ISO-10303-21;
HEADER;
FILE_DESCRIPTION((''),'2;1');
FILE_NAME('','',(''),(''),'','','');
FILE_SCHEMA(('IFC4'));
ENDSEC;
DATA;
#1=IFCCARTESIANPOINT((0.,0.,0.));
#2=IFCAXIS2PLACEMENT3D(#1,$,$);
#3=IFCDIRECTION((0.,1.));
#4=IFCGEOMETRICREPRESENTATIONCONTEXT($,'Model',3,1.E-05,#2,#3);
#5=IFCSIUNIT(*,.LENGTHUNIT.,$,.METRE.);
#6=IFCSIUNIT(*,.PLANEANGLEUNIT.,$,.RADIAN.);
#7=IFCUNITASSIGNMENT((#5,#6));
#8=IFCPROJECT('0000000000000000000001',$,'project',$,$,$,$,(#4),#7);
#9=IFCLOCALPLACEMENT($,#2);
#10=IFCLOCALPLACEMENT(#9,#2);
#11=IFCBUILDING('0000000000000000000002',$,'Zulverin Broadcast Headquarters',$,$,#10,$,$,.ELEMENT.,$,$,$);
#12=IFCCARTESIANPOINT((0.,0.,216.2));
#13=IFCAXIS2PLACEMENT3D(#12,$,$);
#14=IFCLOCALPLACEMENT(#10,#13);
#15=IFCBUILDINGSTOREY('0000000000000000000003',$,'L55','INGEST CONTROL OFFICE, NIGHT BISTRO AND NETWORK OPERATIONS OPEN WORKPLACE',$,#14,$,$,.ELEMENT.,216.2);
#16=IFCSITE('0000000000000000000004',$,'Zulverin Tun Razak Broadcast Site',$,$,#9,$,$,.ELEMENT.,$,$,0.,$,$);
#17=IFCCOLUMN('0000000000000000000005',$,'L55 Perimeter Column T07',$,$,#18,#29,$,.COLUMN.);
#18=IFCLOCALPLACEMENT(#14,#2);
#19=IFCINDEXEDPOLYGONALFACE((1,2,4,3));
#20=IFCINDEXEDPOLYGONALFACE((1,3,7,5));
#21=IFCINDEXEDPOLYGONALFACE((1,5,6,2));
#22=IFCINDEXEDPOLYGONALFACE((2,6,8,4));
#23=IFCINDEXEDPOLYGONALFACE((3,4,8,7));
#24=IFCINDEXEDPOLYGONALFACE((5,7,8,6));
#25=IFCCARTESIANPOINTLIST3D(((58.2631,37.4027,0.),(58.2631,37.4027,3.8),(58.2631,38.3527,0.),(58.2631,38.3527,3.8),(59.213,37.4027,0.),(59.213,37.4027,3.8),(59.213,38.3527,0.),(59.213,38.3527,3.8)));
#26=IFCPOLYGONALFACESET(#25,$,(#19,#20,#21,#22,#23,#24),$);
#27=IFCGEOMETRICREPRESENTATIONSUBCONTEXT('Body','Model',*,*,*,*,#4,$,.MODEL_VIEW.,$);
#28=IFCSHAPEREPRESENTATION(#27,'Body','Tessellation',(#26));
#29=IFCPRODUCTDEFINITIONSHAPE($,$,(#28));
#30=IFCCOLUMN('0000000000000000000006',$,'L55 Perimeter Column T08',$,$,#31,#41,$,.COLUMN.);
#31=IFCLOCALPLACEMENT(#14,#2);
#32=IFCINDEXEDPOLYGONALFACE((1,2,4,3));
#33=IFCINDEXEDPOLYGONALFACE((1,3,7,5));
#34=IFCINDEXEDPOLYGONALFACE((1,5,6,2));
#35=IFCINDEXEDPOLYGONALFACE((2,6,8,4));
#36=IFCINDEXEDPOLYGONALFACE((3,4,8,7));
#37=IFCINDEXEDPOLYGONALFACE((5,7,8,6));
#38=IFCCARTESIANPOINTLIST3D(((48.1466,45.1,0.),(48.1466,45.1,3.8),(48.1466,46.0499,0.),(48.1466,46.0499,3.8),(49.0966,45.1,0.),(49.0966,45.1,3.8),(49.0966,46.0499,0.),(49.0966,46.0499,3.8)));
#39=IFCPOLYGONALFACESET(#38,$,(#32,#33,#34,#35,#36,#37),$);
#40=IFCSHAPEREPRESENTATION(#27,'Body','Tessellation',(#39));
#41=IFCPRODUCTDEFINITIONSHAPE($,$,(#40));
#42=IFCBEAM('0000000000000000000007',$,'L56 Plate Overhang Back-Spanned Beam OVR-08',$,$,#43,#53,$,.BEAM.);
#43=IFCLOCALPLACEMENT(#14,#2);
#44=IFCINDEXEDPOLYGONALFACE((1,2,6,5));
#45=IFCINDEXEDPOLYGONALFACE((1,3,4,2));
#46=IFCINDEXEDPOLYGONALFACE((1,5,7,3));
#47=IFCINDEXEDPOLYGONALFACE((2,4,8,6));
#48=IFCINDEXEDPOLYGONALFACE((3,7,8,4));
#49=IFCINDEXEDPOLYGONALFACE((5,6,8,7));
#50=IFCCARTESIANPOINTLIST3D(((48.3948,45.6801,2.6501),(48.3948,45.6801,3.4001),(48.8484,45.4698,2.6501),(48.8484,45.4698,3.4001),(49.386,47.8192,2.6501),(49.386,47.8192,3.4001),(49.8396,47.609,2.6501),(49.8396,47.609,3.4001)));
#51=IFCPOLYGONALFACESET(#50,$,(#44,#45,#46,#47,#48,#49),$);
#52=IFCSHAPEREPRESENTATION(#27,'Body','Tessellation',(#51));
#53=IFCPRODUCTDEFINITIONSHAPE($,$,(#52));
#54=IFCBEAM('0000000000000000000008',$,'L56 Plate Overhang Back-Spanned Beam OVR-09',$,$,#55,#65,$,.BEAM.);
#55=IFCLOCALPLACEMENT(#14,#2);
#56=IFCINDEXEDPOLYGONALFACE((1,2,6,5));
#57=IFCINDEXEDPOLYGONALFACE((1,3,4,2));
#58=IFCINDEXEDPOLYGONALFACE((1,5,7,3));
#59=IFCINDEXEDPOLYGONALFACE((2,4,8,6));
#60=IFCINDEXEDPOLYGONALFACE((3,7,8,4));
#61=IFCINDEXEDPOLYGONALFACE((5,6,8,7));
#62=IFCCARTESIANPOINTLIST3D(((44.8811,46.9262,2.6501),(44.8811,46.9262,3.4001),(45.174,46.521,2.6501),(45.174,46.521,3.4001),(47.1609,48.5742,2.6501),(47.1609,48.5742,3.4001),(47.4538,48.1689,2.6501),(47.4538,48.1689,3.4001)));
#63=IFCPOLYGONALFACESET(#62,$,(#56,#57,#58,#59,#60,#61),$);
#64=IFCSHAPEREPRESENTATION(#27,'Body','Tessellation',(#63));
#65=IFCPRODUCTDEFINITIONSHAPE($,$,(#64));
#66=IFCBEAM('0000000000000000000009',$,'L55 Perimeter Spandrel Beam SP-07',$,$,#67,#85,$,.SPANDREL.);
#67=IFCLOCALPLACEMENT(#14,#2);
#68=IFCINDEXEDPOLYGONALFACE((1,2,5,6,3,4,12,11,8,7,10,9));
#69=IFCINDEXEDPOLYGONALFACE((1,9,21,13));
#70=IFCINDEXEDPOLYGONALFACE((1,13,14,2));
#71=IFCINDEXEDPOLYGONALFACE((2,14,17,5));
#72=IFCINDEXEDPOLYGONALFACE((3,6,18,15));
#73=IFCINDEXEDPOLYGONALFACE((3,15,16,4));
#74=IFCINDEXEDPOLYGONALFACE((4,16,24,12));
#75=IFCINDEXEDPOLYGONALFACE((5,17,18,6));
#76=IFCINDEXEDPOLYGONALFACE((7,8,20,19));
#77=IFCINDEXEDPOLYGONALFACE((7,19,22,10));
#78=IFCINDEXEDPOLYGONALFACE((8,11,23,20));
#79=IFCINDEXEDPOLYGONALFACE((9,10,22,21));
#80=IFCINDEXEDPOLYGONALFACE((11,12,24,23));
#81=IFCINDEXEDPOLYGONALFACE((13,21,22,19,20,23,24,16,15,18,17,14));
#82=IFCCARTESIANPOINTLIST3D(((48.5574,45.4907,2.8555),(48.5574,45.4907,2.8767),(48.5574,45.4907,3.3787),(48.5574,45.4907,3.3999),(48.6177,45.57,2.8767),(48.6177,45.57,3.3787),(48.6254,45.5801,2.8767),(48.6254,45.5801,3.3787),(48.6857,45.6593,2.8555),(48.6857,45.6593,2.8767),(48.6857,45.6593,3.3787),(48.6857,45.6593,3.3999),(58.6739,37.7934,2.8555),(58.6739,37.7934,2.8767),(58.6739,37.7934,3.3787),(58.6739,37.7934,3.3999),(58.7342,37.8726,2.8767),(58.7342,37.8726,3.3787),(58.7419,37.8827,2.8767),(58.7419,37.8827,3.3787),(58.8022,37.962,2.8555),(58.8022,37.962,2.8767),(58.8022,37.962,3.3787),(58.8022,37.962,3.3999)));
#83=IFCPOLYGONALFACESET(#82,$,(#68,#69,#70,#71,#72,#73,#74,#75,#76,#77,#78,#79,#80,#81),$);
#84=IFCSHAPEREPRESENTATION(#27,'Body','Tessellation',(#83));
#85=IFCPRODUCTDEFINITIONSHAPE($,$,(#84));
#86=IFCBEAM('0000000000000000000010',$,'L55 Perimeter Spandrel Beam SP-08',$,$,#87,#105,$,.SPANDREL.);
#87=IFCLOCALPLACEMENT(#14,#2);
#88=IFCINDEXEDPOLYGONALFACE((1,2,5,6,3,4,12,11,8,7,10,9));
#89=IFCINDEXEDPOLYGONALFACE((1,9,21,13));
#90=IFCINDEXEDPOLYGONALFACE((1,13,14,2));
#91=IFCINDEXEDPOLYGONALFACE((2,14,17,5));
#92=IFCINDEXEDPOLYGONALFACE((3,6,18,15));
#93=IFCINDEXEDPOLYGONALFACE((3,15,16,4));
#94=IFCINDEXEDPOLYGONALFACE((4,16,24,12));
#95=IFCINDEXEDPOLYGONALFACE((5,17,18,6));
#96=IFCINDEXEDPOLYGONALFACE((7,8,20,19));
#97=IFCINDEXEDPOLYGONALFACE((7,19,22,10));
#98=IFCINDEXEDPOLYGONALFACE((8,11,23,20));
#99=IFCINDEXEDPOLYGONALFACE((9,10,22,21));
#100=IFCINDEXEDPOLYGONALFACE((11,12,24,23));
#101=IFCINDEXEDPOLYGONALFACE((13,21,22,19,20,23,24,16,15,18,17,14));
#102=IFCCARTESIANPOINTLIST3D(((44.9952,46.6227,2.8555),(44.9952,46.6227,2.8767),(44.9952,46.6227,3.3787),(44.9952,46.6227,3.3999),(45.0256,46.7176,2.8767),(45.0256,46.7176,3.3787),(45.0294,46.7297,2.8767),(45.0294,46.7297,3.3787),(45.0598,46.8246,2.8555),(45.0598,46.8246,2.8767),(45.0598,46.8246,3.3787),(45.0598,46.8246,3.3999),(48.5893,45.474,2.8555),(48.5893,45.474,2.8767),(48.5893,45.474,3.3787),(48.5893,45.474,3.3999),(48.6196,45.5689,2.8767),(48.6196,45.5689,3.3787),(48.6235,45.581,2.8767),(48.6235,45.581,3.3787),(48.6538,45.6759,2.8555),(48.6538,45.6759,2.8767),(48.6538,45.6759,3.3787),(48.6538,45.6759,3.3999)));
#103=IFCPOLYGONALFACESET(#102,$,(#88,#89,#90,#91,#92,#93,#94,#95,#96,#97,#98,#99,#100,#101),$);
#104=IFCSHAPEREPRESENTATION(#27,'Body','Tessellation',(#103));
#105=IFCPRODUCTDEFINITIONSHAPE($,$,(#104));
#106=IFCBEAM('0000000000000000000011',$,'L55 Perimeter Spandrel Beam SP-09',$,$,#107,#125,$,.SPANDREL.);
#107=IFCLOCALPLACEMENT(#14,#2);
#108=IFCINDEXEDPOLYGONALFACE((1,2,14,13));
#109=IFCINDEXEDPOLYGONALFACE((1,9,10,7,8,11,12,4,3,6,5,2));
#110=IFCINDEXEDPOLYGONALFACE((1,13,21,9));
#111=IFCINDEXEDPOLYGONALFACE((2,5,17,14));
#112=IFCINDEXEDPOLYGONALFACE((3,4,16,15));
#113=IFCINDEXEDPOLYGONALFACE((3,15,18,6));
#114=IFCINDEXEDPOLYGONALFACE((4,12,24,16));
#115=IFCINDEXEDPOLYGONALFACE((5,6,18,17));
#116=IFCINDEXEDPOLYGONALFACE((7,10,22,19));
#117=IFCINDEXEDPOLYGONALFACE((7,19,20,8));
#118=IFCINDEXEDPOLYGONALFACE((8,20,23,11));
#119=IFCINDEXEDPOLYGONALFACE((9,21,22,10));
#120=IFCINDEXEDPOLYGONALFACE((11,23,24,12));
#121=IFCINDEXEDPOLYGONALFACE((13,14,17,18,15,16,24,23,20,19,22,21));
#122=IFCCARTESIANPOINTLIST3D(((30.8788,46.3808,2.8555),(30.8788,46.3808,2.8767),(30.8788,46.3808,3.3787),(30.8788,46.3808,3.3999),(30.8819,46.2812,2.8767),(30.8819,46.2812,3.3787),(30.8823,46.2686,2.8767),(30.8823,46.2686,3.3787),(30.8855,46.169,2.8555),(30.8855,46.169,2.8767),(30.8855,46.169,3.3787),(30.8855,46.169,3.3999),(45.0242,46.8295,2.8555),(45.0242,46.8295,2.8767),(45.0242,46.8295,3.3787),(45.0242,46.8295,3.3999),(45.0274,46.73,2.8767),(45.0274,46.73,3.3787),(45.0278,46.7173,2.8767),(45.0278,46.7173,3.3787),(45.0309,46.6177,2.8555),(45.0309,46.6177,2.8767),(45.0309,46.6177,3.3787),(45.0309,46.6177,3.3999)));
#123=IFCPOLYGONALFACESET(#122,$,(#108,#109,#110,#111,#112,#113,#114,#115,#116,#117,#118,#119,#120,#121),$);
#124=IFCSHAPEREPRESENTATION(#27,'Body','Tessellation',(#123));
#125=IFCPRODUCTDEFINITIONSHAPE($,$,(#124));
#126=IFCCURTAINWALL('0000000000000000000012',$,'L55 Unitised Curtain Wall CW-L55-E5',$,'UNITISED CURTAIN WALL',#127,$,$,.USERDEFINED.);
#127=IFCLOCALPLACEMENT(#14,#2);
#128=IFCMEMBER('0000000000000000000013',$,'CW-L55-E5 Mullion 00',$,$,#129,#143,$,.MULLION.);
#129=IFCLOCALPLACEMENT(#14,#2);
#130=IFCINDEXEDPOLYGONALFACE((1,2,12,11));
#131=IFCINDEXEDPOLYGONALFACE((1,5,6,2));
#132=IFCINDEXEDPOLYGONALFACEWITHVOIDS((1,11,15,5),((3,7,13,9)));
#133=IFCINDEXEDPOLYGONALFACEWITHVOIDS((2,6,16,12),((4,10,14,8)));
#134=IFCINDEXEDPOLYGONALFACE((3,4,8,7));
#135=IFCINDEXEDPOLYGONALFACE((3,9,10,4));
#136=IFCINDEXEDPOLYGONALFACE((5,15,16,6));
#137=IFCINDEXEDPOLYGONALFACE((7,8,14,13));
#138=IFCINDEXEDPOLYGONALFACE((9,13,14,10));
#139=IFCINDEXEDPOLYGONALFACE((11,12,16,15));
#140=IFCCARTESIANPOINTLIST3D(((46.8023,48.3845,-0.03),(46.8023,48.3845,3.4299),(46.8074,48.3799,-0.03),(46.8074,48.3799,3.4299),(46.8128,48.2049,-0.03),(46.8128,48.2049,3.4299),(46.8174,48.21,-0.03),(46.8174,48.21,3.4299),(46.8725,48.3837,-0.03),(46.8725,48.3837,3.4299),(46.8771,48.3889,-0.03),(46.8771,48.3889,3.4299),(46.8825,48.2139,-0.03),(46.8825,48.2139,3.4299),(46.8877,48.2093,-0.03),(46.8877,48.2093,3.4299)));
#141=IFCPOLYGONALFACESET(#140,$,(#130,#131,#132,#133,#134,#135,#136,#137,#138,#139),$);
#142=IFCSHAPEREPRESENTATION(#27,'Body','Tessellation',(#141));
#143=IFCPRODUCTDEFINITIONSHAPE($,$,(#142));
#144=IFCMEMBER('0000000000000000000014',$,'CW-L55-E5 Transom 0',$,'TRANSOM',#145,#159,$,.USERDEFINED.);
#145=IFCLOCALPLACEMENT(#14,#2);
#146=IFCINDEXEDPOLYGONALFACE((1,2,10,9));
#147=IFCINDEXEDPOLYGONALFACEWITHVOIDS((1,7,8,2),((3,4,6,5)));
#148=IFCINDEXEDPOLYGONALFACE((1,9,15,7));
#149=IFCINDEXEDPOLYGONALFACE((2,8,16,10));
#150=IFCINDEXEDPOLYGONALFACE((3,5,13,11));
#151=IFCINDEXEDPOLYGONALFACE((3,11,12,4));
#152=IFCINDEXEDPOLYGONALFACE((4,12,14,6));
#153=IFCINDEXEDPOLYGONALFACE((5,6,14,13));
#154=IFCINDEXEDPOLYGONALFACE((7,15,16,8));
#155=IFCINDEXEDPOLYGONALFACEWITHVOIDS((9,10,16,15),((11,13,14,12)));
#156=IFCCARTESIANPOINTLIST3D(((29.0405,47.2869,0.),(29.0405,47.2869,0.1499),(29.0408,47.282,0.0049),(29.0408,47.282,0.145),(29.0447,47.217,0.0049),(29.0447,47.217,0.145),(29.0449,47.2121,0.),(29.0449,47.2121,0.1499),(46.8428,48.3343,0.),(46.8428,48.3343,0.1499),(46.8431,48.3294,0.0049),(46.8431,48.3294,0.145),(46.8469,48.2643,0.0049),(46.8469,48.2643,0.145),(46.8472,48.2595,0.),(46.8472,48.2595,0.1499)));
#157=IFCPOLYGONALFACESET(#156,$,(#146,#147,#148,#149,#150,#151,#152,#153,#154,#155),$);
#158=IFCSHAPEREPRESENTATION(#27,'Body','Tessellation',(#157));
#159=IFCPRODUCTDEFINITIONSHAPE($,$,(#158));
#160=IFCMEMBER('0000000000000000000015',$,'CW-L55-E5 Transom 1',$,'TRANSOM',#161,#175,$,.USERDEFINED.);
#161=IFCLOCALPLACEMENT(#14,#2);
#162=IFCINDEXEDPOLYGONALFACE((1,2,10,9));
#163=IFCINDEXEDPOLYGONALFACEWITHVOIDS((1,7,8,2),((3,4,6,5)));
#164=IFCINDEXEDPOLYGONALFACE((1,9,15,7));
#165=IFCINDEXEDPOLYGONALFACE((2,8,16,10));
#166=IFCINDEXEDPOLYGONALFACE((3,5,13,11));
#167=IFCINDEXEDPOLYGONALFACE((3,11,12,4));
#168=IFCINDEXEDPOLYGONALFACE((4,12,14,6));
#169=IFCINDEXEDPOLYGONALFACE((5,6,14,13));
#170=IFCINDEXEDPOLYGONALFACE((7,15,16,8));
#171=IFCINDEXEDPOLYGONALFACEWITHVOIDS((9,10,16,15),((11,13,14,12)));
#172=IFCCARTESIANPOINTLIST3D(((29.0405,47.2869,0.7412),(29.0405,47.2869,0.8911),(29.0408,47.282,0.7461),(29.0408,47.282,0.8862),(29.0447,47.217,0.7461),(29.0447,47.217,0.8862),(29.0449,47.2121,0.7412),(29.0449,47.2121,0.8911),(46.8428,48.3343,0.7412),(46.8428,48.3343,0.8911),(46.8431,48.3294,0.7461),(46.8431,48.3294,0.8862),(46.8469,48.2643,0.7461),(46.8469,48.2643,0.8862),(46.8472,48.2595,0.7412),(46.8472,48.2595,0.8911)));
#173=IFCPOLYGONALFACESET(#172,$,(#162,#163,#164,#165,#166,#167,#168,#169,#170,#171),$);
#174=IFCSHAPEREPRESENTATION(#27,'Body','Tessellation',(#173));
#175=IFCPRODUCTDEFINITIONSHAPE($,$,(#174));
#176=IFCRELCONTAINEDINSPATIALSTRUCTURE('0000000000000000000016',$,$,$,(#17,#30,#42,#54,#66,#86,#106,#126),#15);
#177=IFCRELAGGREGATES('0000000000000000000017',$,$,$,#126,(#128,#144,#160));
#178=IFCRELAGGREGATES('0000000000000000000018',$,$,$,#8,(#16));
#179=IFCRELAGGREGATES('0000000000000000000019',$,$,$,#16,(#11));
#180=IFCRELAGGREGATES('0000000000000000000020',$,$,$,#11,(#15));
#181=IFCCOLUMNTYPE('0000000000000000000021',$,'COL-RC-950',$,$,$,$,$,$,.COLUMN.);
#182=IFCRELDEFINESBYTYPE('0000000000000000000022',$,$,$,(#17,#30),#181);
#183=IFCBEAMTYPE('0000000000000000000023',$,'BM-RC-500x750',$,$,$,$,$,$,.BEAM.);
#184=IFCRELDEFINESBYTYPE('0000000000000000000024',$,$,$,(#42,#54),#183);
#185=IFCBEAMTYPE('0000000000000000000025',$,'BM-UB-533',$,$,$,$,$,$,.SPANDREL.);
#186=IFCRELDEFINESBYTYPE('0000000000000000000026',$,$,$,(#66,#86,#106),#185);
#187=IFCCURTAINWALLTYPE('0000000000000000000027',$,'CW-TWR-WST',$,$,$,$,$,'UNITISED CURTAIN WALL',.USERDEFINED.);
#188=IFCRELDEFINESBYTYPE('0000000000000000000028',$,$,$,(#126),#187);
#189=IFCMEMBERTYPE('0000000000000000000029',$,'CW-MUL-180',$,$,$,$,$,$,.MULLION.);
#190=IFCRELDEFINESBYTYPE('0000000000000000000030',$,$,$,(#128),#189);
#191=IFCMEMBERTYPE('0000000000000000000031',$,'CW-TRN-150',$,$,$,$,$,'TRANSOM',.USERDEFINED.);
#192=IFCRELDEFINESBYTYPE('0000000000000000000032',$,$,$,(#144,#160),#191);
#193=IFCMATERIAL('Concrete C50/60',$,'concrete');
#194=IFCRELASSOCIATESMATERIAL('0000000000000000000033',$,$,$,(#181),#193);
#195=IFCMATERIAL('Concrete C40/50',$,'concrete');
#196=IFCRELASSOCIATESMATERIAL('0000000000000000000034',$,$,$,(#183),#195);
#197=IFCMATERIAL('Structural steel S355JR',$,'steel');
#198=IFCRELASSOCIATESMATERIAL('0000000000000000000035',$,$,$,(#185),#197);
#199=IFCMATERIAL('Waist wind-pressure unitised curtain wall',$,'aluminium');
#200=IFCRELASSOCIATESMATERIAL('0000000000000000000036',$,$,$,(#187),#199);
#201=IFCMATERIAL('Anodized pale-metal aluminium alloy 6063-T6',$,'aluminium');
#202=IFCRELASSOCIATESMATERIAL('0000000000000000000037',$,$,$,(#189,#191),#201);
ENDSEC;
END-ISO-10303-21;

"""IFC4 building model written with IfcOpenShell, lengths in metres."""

from ifc_helpers import new_model, si_unit, direction, frame, origin, origin_2d, place, context, subcontext, project, spatial, rectangle, hollow_rectangle, i_section, extrude, material, material_profile, profile_set, type_object, element, aggregate, save


model = new_model("IFC4")

# Units and contexts
model_context = context("Model", 3, precision=1e-05, world=origin(), true_north=direction((0.0, 1.0)))
body_context = subcontext(model_context, "Body", "Model", "MODEL_VIEW")
ifc_project = project(units=[si_unit("LENGTHUNIT", "METRE"), si_unit("PLANEANGLEUNIT", "RADIAN")], contexts=[model_context])

# Site, building, storey
site_placement = place(None, origin())
site = spatial("IfcSite", under=ifc_project, at=site_placement, Name="Zulverin Tun Razak Broadcast Site", CompositionType="ELEMENT", RefElevation=0.0)
building_placement = place(site_placement, origin())
building = spatial("IfcBuilding", under=site, at=building_placement, Name="Zulverin Broadcast Headquarters", CompositionType="ELEMENT")
storey_placement = place(building_placement, frame((0.0, 0.0, 216.2)))
storey = spatial("IfcBuildingStorey", under=building, at=storey_placement, Name="L55", Description="INGEST CONTROL OFFICE, NIGHT BISTRO AND NETWORK OPERATIONS OPEN WORKPLACE", CompositionType="ELEMENT", Elevation=216.2)

# Columns
ifc_material_1 = material(Name="Concrete C50/60", Category="concrete")
ifc_material_profile_1 = material_profile(ifc_material_1, rectangle(XDim=0.95, YDim=0.95, at=origin_2d()), Name="Concrete C50/60", Category="concrete")
ifc_profile_set_1 = profile_set([ifc_material_profile_1], Name="Concrete C50/60")
column_type = type_object("IfcColumnType", Name="COL-RC-950", PredefinedType="COLUMN", material=ifc_profile_set_1)
for number, where, z_axis, x_axis, name in (
    (1, (58.738, 37.8777, 0.0), (0.0, 0.0, 1.0), (1.0, 0.0, 0.0), "L55 Perimeter Column T07"),
    (2, (48.6216, 45.575, 0.0), (0.0, 0.0, 1.0), (1.0, 0.0, 0.0), "L55 Perimeter Column T08"),
):
    element("IfcColumn", number, at=place(storey_placement, frame(where, z_axis=z_axis, x_axis=x_axis)), inside=storey, type_object=column_type, Name=name, PredefinedType="COLUMN", context=body_context, shape_type="SweptSolid", body=[
        extrude(rectangle(XDim=0.95, YDim=0.95, at=origin_2d()), origin(), (0.0, 0.0, 1.0), 3.8),
    ])

# Beams
ifc_material_2 = material(Name="Concrete C40/50", Category="concrete")
ifc_material_profile_2 = material_profile(ifc_material_2, rectangle(XDim=0.5, YDim=0.75, at=origin_2d()), Name="Concrete C40/50", Category="concrete")
ifc_profile_set_2 = profile_set([ifc_material_profile_2], Name="Concrete C40/50")
beam_type_1 = type_object("IfcBeamType", Name="BM-RC-500x750", PredefinedType="BEAM", material=ifc_profile_set_2)
beam_1_placement = place(storey_placement, frame((48.6216, 45.575, 3.0251), z_axis=(0.420424, 0.907328, 0.0), x_axis=(-0.907328, 0.420424, 0.0)))
element("IfcBeam", 3, at=beam_1_placement, inside=storey, type_object=beam_type_1, Name="L56 Plate Overhang Back-Spanned Beam OVR-08", PredefinedType="BEAM", context=body_context, shape_type="SweptSolid", body=[
    extrude(rectangle(XDim=0.5, YDim=0.75, at=origin_2d()), origin(), (0.0, 0.0, 1.0), 2.3577),
])
beam_2_placement = place(storey_placement, frame((45.0276, 46.7236, 3.0251), z_axis=(0.810437, 0.585826, 0.0), x_axis=(-0.585826, 0.810437, 0.0)))
element("IfcBeam", 4, at=beam_2_placement, inside=storey, type_object=beam_type_1, Name="L56 Plate Overhang Back-Spanned Beam OVR-09", PredefinedType="BEAM", context=body_context, shape_type="SweptSolid", body=[
    extrude(rectangle(XDim=0.5, YDim=0.75, at=origin_2d()), origin(), (0.0, 0.0, 1.0), 2.813),
])
ifc_material_3 = material(Name="Structural steel S355JR", Category="steel")
ifc_material_profile_3 = material_profile(ifc_material_3, i_section(OverallWidth=0.2119, OverallDepth=0.5444, WebThickness=0.0127, FlangeThickness=0.0212, at=origin_2d()), Name="Structural steel S355JR", Category="steel")
ifc_profile_set_3 = profile_set([ifc_material_profile_3], Name="Structural steel S355JR")
beam_type_2 = type_object("IfcBeamType", Name="BM-UB-533", PredefinedType="SPANDREL", material=ifc_profile_set_3)
beam_3_placement = place(storey_placement, frame((58.738, 37.8777, 3.1277), z_axis=(-0.79583, 0.60552, 0.0), x_axis=(-0.60552, -0.79583, 0.0)))
element("IfcBeam", 5, at=beam_3_placement, inside=storey, type_object=beam_type_2, Name="L55 Perimeter Spandrel Beam SP-07", PredefinedType="SPANDREL", context=body_context, shape_type="SweptSolid", body=[
    extrude(i_section(OverallWidth=0.2119, OverallDepth=0.5444, WebThickness=0.0127, FlangeThickness=0.0212, at=origin_2d()), origin(), (0.0, 0.0, 1.0), 12.7119),
])
beam_4_placement = place(storey_placement, frame((48.6216, 45.575, 3.1277), z_axis=(-0.952532, 0.30444, 0.0), x_axis=(-0.30444, -0.952532, 0.0)))
element("IfcBeam", 6, at=beam_4_placement, inside=storey, type_object=beam_type_2, Name="L55 Perimeter Spandrel Beam SP-08", PredefinedType="SPANDREL", context=body_context, shape_type="SweptSolid", body=[
    extrude(i_section(OverallWidth=0.2119, OverallDepth=0.5444, WebThickness=0.0127, FlangeThickness=0.0212, at=origin_2d()), origin(), (0.0, 0.0, 1.0), 3.7732),
])
beam_5_placement = place(storey_placement, frame((45.0276, 46.7236, 3.1277), z_axis=(-0.999497, -0.031707, 0.0), x_axis=(0.031707, -0.999497, 0.0)))
element("IfcBeam", 7, at=beam_5_placement, inside=storey, type_object=beam_type_2, Name="L55 Perimeter Spandrel Beam SP-09", PredefinedType="SPANDREL", context=body_context, shape_type="SweptSolid", body=[
    extrude(i_section(OverallWidth=0.2119, OverallDepth=0.5444, WebThickness=0.0127, FlangeThickness=0.0212, at=origin_2d()), origin(), (0.0, 0.0, 1.0), 14.1526),
])

# Curtain wall, members
ifc_material_4 = material(Name="Waist wind-pressure unitised curtain wall", Category="aluminium")
curtain_wall_type = type_object("IfcCurtainWallType", Name="CW-TWR-WST", ElementType="UNITISED CURTAIN WALL", PredefinedType="USERDEFINED", material=ifc_material_4)
curtain_wall_placement = place(storey_placement, origin())
curtain_wall = element("IfcCurtainWall", 8, at=curtain_wall_placement, inside=storey, type_object=curtain_wall_type, Name="L55 Unitised Curtain Wall CW-L55-E5", ObjectType="UNITISED CURTAIN WALL", PredefinedType="USERDEFINED")
ifc_material_5 = material(Name="Anodized pale-metal aluminium alloy 6063-T6", Category="aluminium")
ifc_material_profile_4 = material_profile(ifc_material_5, hollow_rectangle(XDim=0.075, YDim=0.1799, WallThickness=0.0049, at=origin_2d()), Name="Anodized pale-metal aluminium alloy 6063-T6", Category="aluminium")
ifc_profile_set_4 = profile_set([ifc_material_profile_4], Name="Anodized pale-metal aluminium alloy 6063-T6")
member_type_1 = type_object("IfcMemberType", Name="CW-MUL-180", PredefinedType="MULLION", material=ifc_profile_set_4)
member_1_placement = place(storey_placement, frame((46.845, 48.2969, -0.03), z_axis=(0.0, 0.0, 1.0), x_axis=(-0.998274, -0.058723, 0.0)))
member_1 = element("IfcMember", 9, at=member_1_placement, type_object=member_type_1, Name="CW-L55-E5 Mullion 00", PredefinedType="MULLION", context=body_context, shape_type="SweptSolid", body=[
    extrude(hollow_rectangle(XDim=0.075, YDim=0.1799, WallThickness=0.0049, at=origin_2d()), origin(), (0.0, 0.0, 1.0), 3.46),
])
ifc_material_profile_5 = material_profile(ifc_material_5, hollow_rectangle(XDim=0.075, YDim=0.1499, WallThickness=0.0049, at=origin_2d()), Name="Anodized pale-metal aluminium alloy 6063-T6", Category="aluminium")
ifc_profile_set_5 = profile_set([ifc_material_profile_5], Name="Anodized pale-metal aluminium alloy 6063-T6")
member_type_2 = type_object("IfcMemberType", Name="CW-TRN-150", ElementType="TRANSOM", PredefinedType="USERDEFINED", material=ifc_profile_set_5)
member_2_placement = place(storey_placement, frame((46.845, 48.2969, 0.075), z_axis=(-0.998274, -0.058732, 0.0), x_axis=(0.058732, -0.998274, 0.0)))
member_2 = element("IfcMember", 10, at=member_2_placement, type_object=member_type_2, Name="CW-L55-E5 Transom 0", ObjectType="TRANSOM", PredefinedType="USERDEFINED", context=body_context, shape_type="SweptSolid", body=[
    extrude(hollow_rectangle(XDim=0.075, YDim=0.1499, WallThickness=0.0049, at=origin_2d()), origin(), (0.0, 0.0, 1.0), 17.833),
])
member_3_placement = place(storey_placement, frame((46.845, 48.2969, 0.8162), z_axis=(-0.998274, -0.058732, 0.0), x_axis=(0.058732, -0.998274, 0.0)))
member_3 = element("IfcMember", 11, at=member_3_placement, type_object=member_type_2, Name="CW-L55-E5 Transom 1", ObjectType="TRANSOM", PredefinedType="USERDEFINED", context=body_context, shape_type="SweptSolid", body=[
    extrude(hollow_rectangle(XDim=0.075, YDim=0.1499, WallThickness=0.0049, at=origin_2d()), origin(), (0.0, 0.0, 1.0), 17.833),
])
aggregate(curtain_wall, [member_1, member_2, member_3])

save(model, "model.ifc")
